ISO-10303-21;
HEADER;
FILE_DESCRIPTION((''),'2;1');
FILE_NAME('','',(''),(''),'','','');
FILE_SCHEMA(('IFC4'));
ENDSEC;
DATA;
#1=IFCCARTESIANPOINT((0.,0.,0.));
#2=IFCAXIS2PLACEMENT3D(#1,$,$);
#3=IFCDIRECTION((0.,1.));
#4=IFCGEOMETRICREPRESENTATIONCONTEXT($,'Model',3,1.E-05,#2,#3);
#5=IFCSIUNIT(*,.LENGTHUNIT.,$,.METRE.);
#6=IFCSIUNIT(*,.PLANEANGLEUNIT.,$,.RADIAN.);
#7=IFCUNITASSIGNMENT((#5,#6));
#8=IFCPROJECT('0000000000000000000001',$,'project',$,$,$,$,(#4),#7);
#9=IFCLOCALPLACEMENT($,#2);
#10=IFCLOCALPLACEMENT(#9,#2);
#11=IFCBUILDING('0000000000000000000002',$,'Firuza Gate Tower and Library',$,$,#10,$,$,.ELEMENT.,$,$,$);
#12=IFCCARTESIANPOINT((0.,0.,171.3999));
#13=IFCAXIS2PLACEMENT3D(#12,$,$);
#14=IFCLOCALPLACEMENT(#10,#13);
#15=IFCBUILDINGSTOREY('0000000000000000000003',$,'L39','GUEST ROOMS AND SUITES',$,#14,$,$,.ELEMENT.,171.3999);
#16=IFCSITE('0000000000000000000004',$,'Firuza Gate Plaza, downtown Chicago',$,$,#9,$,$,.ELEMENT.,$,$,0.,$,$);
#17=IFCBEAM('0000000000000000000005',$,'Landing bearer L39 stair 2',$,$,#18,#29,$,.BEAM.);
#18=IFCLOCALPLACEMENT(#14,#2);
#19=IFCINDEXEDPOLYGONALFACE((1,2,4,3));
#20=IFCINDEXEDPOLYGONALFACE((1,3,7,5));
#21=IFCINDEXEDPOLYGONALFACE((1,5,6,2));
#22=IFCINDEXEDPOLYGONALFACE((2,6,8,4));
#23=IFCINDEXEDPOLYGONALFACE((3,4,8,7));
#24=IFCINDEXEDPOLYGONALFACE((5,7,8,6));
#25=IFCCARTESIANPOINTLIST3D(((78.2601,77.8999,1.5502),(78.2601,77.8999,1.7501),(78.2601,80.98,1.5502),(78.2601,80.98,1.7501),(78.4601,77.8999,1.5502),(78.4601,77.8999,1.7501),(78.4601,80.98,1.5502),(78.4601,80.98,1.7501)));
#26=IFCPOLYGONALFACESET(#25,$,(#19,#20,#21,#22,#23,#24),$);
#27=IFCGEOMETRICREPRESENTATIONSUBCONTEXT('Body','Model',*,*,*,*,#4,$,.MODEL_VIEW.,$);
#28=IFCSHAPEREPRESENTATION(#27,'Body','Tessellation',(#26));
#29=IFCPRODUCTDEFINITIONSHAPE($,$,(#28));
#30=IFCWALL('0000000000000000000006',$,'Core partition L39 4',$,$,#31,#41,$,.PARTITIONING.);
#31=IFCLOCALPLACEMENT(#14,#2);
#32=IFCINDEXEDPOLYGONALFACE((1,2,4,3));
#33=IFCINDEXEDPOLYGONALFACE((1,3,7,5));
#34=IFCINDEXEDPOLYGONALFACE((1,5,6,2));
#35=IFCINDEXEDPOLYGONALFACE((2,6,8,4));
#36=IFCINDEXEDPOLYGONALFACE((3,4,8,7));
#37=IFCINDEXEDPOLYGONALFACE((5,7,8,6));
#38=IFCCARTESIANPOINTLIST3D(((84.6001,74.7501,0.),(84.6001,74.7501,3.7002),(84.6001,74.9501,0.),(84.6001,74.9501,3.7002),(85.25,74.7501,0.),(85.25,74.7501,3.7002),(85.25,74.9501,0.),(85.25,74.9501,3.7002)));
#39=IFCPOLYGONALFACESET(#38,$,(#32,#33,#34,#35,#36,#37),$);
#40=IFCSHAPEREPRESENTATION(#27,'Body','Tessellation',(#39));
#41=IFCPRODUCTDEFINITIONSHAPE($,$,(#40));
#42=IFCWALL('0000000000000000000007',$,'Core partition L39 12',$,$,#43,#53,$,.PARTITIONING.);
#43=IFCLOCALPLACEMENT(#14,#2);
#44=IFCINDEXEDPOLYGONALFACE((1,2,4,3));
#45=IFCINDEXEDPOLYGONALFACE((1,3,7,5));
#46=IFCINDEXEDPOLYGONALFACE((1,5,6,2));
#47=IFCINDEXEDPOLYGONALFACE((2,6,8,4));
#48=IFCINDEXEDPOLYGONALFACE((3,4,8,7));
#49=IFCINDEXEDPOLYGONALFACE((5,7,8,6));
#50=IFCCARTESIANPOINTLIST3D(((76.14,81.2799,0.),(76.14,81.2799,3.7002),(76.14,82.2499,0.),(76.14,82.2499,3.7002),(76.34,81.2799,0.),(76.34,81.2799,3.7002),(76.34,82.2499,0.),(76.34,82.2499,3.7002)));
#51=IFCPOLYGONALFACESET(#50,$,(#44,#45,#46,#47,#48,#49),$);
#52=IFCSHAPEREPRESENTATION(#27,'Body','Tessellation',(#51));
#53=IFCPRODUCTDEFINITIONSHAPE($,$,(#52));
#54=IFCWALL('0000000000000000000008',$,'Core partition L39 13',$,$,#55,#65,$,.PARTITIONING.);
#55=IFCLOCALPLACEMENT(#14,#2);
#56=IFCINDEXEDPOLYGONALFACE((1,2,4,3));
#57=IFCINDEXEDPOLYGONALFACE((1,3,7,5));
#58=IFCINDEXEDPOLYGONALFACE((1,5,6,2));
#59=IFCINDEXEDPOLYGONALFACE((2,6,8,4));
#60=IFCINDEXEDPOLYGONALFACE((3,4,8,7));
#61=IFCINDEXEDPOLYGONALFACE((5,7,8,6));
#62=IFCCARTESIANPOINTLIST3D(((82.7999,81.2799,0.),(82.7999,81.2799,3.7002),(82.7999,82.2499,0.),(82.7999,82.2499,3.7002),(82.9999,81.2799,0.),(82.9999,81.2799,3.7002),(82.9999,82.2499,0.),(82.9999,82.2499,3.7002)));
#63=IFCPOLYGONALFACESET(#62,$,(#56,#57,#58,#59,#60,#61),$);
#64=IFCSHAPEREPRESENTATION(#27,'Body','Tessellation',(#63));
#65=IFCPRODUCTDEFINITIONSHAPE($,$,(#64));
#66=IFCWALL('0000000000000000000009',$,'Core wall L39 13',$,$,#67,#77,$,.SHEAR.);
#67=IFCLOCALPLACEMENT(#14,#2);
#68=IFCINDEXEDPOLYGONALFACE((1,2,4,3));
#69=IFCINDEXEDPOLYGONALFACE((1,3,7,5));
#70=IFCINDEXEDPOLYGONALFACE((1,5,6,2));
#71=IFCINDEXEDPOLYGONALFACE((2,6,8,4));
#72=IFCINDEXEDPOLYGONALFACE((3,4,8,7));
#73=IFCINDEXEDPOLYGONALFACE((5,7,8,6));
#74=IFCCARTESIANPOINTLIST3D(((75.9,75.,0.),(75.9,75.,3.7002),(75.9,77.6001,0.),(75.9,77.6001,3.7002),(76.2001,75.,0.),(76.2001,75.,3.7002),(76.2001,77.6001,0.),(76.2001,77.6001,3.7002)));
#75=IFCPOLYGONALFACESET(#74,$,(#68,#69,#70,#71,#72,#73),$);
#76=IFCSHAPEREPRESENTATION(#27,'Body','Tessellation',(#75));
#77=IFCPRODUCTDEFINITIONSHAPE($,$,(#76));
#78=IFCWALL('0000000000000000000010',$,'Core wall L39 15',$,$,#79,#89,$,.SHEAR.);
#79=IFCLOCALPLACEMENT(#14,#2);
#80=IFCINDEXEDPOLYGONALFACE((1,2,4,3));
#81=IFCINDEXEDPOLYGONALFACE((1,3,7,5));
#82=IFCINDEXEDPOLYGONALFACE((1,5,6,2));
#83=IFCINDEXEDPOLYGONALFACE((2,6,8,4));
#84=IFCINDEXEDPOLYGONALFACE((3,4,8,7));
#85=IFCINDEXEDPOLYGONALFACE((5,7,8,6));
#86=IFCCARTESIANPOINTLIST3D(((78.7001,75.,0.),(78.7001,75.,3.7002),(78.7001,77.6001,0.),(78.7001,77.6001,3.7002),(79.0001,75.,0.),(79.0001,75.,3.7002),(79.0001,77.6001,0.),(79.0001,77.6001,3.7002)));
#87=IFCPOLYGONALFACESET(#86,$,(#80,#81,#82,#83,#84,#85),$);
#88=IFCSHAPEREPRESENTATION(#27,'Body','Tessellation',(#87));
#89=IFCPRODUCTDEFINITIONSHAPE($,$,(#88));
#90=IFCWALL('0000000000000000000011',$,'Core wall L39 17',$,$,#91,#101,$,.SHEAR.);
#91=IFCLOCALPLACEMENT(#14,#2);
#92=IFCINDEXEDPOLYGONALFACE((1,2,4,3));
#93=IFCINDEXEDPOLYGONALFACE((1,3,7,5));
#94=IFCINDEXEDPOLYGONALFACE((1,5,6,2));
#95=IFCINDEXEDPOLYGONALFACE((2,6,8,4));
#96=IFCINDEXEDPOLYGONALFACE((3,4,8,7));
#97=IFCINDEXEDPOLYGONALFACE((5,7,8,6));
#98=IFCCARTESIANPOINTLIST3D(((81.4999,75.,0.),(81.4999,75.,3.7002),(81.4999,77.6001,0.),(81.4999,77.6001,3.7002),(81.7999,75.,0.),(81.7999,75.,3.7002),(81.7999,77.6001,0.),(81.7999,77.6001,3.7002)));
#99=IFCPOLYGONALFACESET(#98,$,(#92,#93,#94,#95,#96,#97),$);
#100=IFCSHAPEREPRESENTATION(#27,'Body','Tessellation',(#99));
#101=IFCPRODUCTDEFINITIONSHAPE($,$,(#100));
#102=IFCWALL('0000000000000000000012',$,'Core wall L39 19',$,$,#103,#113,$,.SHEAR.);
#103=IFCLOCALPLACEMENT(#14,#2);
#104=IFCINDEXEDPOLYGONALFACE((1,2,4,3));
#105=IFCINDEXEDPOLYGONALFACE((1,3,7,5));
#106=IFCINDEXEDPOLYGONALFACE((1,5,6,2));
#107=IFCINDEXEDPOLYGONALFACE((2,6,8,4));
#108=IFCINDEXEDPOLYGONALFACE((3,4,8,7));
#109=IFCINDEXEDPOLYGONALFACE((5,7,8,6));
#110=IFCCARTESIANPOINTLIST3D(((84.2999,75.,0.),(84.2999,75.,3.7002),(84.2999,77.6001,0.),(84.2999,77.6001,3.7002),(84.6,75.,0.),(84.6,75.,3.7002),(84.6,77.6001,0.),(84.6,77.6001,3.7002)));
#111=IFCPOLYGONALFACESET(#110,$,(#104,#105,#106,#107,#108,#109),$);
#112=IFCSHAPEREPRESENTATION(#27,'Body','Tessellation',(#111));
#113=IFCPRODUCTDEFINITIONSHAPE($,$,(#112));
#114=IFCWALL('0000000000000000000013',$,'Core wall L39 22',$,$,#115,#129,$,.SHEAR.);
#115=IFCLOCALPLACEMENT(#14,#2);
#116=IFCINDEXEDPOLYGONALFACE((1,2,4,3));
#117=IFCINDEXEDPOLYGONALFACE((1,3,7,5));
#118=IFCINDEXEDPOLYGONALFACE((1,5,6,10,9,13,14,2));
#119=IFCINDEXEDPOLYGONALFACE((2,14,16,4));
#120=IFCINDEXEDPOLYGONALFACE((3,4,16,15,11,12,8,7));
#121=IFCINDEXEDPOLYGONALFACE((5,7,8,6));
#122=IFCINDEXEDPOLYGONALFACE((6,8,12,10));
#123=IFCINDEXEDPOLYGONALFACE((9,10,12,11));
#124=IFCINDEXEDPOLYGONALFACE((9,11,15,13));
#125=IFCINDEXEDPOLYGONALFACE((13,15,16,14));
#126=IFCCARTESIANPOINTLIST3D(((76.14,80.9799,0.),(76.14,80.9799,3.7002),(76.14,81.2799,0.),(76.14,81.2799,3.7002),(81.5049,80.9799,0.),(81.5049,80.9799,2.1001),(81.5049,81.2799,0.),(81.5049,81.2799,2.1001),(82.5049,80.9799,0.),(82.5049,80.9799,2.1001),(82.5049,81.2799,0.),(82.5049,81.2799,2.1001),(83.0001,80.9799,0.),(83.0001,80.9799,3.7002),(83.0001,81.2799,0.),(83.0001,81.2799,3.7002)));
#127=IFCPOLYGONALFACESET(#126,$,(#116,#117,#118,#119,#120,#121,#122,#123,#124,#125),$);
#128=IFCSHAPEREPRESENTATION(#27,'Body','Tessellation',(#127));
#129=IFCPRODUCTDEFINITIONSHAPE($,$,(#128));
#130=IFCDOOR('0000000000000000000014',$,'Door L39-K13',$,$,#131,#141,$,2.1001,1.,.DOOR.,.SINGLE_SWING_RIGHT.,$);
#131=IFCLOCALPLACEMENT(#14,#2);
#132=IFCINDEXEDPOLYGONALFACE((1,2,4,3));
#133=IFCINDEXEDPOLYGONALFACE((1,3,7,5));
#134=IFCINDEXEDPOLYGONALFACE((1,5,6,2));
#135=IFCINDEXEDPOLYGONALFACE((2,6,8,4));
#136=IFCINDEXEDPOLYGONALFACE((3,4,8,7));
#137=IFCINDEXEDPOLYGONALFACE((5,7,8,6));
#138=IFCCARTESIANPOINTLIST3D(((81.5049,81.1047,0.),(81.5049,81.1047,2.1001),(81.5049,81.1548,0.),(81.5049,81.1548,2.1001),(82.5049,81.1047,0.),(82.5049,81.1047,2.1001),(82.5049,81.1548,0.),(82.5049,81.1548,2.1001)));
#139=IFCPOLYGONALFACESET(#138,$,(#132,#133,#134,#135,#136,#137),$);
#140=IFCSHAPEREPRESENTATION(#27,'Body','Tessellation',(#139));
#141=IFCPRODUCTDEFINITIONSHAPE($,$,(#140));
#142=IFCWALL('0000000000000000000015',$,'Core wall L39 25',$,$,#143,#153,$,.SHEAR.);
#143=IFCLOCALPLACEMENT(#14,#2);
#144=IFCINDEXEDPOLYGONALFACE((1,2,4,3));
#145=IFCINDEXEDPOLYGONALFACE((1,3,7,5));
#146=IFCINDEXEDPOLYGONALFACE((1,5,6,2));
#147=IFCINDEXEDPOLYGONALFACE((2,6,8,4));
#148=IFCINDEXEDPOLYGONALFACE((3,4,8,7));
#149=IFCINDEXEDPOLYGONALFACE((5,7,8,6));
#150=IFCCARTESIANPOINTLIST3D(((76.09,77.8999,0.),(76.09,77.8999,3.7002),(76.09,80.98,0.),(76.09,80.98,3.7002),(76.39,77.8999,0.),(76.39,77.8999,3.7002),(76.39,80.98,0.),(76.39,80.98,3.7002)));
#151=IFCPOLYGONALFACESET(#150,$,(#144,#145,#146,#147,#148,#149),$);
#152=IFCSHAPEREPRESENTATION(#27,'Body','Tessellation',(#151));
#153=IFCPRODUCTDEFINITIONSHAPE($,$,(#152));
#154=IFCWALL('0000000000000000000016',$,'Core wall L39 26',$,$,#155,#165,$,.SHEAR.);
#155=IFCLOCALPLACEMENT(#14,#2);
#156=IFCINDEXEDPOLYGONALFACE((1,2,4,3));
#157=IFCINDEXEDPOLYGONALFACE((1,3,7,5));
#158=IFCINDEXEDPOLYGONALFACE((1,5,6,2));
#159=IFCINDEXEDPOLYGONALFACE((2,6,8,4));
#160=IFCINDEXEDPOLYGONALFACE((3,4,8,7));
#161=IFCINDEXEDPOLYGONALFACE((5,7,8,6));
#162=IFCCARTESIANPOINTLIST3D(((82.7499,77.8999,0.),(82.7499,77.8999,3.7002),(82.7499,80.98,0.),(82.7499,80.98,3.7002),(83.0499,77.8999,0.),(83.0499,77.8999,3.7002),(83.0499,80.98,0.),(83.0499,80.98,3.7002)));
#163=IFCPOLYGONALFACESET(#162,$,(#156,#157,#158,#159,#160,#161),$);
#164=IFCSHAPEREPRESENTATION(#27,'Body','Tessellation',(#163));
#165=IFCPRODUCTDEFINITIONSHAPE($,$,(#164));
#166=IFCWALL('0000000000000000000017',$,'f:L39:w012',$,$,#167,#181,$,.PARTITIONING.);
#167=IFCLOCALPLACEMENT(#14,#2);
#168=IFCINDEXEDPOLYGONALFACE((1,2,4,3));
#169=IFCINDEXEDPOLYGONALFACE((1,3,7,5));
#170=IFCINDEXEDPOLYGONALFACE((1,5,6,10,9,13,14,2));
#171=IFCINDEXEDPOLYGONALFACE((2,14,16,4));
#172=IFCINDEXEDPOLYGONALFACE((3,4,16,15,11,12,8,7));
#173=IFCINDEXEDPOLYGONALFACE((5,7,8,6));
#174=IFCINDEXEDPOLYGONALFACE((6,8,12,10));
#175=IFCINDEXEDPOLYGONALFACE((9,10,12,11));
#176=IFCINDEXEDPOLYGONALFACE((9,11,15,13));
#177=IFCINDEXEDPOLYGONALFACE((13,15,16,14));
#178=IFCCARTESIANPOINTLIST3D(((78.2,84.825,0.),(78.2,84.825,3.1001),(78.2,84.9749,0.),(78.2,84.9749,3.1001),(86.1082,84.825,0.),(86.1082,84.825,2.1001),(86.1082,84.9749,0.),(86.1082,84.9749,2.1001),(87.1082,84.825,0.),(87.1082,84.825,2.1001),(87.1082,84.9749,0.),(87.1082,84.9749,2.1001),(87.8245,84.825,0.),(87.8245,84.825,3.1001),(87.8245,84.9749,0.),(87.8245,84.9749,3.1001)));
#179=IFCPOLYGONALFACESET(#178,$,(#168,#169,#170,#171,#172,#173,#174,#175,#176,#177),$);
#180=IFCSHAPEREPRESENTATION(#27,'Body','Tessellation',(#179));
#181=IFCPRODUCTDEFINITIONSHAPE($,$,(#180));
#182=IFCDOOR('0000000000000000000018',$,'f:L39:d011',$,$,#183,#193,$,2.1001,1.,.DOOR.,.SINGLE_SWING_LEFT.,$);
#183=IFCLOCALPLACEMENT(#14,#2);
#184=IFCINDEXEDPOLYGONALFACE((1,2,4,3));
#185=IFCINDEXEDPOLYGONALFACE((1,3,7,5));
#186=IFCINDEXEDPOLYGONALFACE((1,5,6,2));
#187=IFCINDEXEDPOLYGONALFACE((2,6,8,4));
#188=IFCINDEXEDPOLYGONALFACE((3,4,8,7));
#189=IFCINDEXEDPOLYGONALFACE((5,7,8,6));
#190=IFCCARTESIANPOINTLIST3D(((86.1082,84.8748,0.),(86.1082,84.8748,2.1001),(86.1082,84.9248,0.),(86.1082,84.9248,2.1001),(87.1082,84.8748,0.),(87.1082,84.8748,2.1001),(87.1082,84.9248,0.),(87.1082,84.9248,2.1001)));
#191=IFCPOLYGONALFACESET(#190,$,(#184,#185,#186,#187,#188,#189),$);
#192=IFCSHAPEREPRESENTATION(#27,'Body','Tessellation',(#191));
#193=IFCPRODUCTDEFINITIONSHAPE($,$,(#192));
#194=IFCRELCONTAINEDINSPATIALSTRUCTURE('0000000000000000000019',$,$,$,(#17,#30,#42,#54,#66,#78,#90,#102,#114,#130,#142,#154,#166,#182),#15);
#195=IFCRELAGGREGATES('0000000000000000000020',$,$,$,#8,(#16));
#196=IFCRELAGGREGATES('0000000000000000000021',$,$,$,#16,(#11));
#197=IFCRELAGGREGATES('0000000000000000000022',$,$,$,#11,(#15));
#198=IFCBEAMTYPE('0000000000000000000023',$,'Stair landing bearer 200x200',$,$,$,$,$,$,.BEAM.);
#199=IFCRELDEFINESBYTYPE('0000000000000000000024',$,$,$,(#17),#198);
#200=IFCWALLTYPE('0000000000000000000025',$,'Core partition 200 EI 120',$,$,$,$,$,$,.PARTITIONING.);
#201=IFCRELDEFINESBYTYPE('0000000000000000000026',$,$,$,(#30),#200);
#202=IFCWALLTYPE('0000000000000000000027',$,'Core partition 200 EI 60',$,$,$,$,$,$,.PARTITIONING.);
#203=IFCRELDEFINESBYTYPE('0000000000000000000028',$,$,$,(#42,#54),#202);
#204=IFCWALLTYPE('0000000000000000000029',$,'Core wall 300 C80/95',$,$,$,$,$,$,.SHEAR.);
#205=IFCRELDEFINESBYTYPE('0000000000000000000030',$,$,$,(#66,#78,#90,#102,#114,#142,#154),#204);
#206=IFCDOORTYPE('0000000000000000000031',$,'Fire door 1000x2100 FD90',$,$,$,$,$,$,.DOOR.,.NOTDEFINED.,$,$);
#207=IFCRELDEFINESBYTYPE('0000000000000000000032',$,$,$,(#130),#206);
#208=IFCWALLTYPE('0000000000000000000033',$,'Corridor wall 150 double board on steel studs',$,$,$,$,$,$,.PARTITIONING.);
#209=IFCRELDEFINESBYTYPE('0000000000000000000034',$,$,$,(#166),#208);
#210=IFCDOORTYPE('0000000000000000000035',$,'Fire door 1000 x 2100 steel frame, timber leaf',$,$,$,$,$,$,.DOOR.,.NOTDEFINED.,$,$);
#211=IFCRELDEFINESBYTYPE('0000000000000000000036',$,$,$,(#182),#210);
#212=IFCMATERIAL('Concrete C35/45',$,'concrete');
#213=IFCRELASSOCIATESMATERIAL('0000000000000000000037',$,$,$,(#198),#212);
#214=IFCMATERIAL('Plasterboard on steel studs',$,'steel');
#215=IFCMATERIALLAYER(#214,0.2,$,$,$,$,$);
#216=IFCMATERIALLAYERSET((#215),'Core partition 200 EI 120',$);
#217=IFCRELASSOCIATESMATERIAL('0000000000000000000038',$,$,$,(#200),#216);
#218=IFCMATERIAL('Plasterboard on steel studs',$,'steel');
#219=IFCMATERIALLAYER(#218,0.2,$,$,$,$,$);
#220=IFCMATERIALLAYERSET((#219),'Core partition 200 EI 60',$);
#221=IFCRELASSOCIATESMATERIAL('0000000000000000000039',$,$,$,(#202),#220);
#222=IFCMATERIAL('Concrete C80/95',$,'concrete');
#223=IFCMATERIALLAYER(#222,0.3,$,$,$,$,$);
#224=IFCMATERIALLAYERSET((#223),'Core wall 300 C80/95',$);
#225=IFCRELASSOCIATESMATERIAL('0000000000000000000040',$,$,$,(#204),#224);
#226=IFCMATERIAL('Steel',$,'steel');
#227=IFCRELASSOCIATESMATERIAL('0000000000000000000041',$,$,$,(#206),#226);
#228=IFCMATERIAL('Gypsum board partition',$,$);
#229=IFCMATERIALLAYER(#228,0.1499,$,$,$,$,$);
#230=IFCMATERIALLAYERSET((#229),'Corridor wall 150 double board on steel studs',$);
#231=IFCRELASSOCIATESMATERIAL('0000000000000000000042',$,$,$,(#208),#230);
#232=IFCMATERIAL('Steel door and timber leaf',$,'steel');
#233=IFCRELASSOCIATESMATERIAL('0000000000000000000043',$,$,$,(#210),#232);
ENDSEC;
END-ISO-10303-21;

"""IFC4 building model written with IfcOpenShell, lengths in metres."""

from ifc_helpers import new_model, si_unit, direction, frame, frame_2d, origin, origin_2d, place, context, subcontext, project, spatial, rectangle, extrude, material, layer, layer_set, material_profile, profile_set, type_object, element, fill, save


model = new_model("IFC4")

# Units and contexts
model_context = context("Model", 3, precision=1e-05, world=origin(), true_north=direction((0.0, 1.0)))
body_context = subcontext(model_context, "Body", "Model", "MODEL_VIEW")
ifc_project = project(units=[si_unit("LENGTHUNIT", "METRE"), si_unit("PLANEANGLEUNIT", "RADIAN")], contexts=[model_context])

# Site, building, storey
site_placement = place(None, origin())
site = spatial("IfcSite", under=ifc_project, at=site_placement, Name="Firuza Gate Plaza, downtown Chicago", CompositionType="ELEMENT", RefElevation=0.0)
building_placement = place(site_placement, origin())
building = spatial("IfcBuilding", under=site, at=building_placement, Name="Firuza Gate Tower and Library", CompositionType="ELEMENT")
storey_placement = place(building_placement, frame((0.0, 0.0, 171.3999)))
storey = spatial("IfcBuildingStorey", under=building, at=storey_placement, Name="L39", Description="GUEST ROOMS AND SUITES", CompositionType="ELEMENT", Elevation=171.3999)

# Beam
ifc_material_1 = material(Name="Concrete C35/45", Category="concrete")
ifc_material_profile = material_profile(ifc_material_1, rectangle(XDim=0.2, YDim=0.2, at=origin_2d()))
ifc_profile_set = profile_set([ifc_material_profile], Name="Concrete C35/45")
beam_type = type_object("IfcBeamType", Name="Stair landing bearer 200x200", PredefinedType="BEAM", material=ifc_profile_set)
beam_placement = place(storey_placement, frame((78.3601, 80.98, 1.6501), z_axis=(0.0, -1.0, 0.0), x_axis=(1.0, 0.0, 0.0)))
element("IfcBeam", 1, at=beam_placement, inside=storey, type_object=beam_type, Name="Landing bearer L39 stair 2", PredefinedType="BEAM", context=body_context, shape_type="SweptSolid", body=[
    extrude(rectangle(XDim=0.2, YDim=0.2, at=origin_2d()), origin(), (0.0, 0.0, 1.0), 3.0801),
])

# Walls
ifc_material_2 = material(Name="Plasterboard on steel studs", Category="steel")
ifc_layer_1 = layer(ifc_material_2, 0.2)
ifc_layer_set_1 = layer_set([ifc_layer_1], Name="Core partition 200 EI 120")
wall_type_1 = type_object("IfcWallType", Name="Core partition 200 EI 120", PredefinedType="PARTITIONING", material=ifc_layer_set_1)
wall_1_placement = place(storey_placement, frame((84.6001, 74.8501, 0.0), z_axis=(0.0, 0.0, 1.0), x_axis=(1.0, 0.0, 0.0)))
element("IfcWall", 2, at=wall_1_placement, inside=storey, type_object=wall_type_1, Name="Core partition L39 4", PredefinedType="PARTITIONING", context=body_context, shape_type="SweptSolid", body=[
    extrude(rectangle(XDim=0.6499, YDim=0.2, at=frame_2d((0.325, 0.0))), origin(), (0.0, 0.0, 1.0), 3.7002),
])
ifc_material_3 = material(Name="Plasterboard on steel studs", Category="steel")
ifc_layer_2 = layer(ifc_material_3, 0.2)
ifc_layer_set_2 = layer_set([ifc_layer_2], Name="Core partition 200 EI 60")
wall_type_2 = type_object("IfcWallType", Name="Core partition 200 EI 60", PredefinedType="PARTITIONING", material=ifc_layer_set_2)
for number, where, z_axis, x_axis, name in (
    (3, (76.24, 81.28, 0.0), (0.0, 0.0, 1.0), (0.0, 1.0, 0.0), "Core partition L39 12"),
    (4, (82.8999, 81.28, 0.0), (0.0, 0.0, 1.0), (0.0, 1.0, 0.0), "Core partition L39 13"),
):
    element("IfcWall", number, at=place(storey_placement, frame(where, z_axis=z_axis, x_axis=x_axis)), inside=storey, type_object=wall_type_2, Name=name, PredefinedType="PARTITIONING", context=body_context, shape_type="SweptSolid", body=[
        extrude(rectangle(XDim=0.97, YDim=0.2, at=frame_2d((0.4849, 0.0))), origin(), (0.0, 0.0, 1.0), 3.7002),
    ])
ifc_material_4 = material(Name="Concrete C80/95", Category="concrete")
ifc_layer_3 = layer(ifc_material_4, 0.3)
ifc_layer_set_3 = layer_set([ifc_layer_3], Name="Core wall 300 C80/95")
wall_type_3 = type_object("IfcWallType", Name="Core wall 300 C80/95", PredefinedType="SHEAR", material=ifc_layer_set_3)
for number, where, z_axis, x_axis, name in (
    (5, (76.05, 75.0, 0.0), (0.0, 0.0, 1.0), (0.0, 1.0, 0.0), "Core wall L39 13"),
    (6, (78.8501, 75.0, 0.0), (0.0, 0.0, 1.0), (0.0, 1.0, 0.0), "Core wall L39 15"),
    (7, (81.6499, 75.0, 0.0), (0.0, 0.0, 1.0), (0.0, 1.0, 0.0), "Core wall L39 17"),
    (8, (84.45, 75.0, 0.0), (0.0, 0.0, 1.0), (0.0, 1.0, 0.0), "Core wall L39 19"),
):
    element("IfcWall", number, at=place(storey_placement, frame(where, z_axis=z_axis, x_axis=x_axis)), inside=storey, type_object=wall_type_3, Name=name, PredefinedType="SHEAR", context=body_context, shape_type="SweptSolid", body=[
        extrude(rectangle(XDim=2.6001, YDim=0.3, at=frame_2d((1.3, 0.0))), origin(), (0.0, 0.0, 1.0), 3.7002),
    ])

# Wall, opening, door
wall_2_placement = place(storey_placement, frame((76.1399, 81.1299, 0.0), z_axis=(0.0, 0.0, 1.0), x_axis=(1.0, 0.0, 0.0)))
wall_2 = element("IfcWall", 9, at=wall_2_placement, inside=storey, type_object=wall_type_3, Name="Core wall L39 22", PredefinedType="SHEAR", context=body_context, shape_type="SweptSolid", body=[
    extrude(rectangle(XDim=6.8601, YDim=0.3, at=frame_2d((3.4302, 0.0))), origin(), (0.0, 0.0, 1.0), 3.7002),
])
opening_1_placement = place(wall_2_placement, frame((5.365, 0.0, 0.0)))
opening_1 = element("IfcOpeningElement", 10, at=opening_1_placement, cuts=wall_2, PredefinedType="OPENING", context=body_context, shape_type="SweptSolid", body=[
    extrude(rectangle(XDim=1.0, YDim=2.1001, at=frame_2d((0.5, 1.05))), frame((0.0, 0.1602, 0.0), z_axis=(0.0, -1.0, 0.0), x_axis=(1.0, 0.0, 0.0)), (0.0, 0.0, 1.0), 0.3201),
])
ifc_material_5 = material(Name="Steel", Category="steel")
door_type_1 = type_object("IfcDoorType", Name="Fire door 1000x2100 FD90", OperationType="NOTDEFINED", PredefinedType="DOOR", material=ifc_material_5)
door_1_placement = place(opening_1_placement, origin())
door_1 = element("IfcDoor", 11, at=door_1_placement, inside=storey, type_object=door_type_1, Name="Door L39-K13", OperationType="SINGLE_SWING_RIGHT", OverallHeight=2.1001, OverallWidth=1.0, PredefinedType="DOOR", context=body_context, shape_type="SweptSolid", body=[
    extrude(rectangle(XDim=1.0, YDim=2.1001, at=frame_2d((0.5, 1.05))), frame((0.0, 0.0249, 0.0), z_axis=(0.0, -1.0, 0.0), x_axis=(1.0, 0.0, 0.0)), (0.0, 0.0, 1.0), 0.05),
])
fill(opening_1, door_1)

# Walls
for number, where, z_axis, x_axis, name in (
    (12, (76.24, 77.8999, 0.0), (0.0, 0.0, 1.0), (0.0, 1.0, 0.0), "Core wall L39 25"),
    (13, (82.8999, 77.8999, 0.0), (0.0, 0.0, 1.0), (0.0, 1.0, 0.0), "Core wall L39 26"),
):
    element("IfcWall", number, at=place(storey_placement, frame(where, z_axis=z_axis, x_axis=x_axis)), inside=storey, type_object=wall_type_3, Name=name, PredefinedType="SHEAR", context=body_context, shape_type="SweptSolid", body=[
        extrude(rectangle(XDim=3.0801, YDim=0.3, at=frame_2d((1.54, 0.0))), origin(), (0.0, 0.0, 1.0), 3.7002),
    ])

# Wall, opening, door
ifc_material_6 = material(Name="Gypsum board partition")
ifc_layer_4 = layer(ifc_material_6, 0.1499)
ifc_layer_set_4 = layer_set([ifc_layer_4], Name="Corridor wall 150 double board on steel studs")
wall_type_4 = type_object("IfcWallType", Name="Corridor wall 150 double board on steel studs", PredefinedType="PARTITIONING", material=ifc_layer_set_4)
wall_3_placement = place(storey_placement, frame((78.2, 84.8999, 0.0), z_axis=(0.0, 0.0, 1.0), x_axis=(1.0, 0.0, 0.0)))
wall_3 = element("IfcWall", 14, at=wall_3_placement, inside=storey, type_object=wall_type_4, Name="f:L39:w012", PredefinedType="PARTITIONING", context=body_context, shape_type="SweptSolid", body=[
    extrude(rectangle(XDim=9.6245, YDim=0.1499, at=frame_2d((4.8123, 0.0))), origin(), (0.0, 0.0, 1.0), 3.1001),
])
opening_2_placement = place(wall_3_placement, frame((7.9082, 0.0, 0.0)))
opening_2 = element("IfcOpeningElement", 15, at=opening_2_placement, cuts=wall_3, PredefinedType="OPENING", context=body_context, shape_type="SweptSolid", body=[
    extrude(rectangle(XDim=1.0, YDim=2.1001, at=frame_2d((0.5, 1.05))), frame((0.0, 0.085, 0.0), z_axis=(0.0, -1.0, 0.0), x_axis=(1.0, 0.0, 0.0)), (0.0, 0.0, 1.0), 0.1699),
])
ifc_material_7 = material(Name="Steel door and timber leaf", Category="steel")
door_type_2 = type_object("IfcDoorType", Name="Fire door 1000 x 2100 steel frame, timber leaf", OperationType="NOTDEFINED", PredefinedType="DOOR", material=ifc_material_7)
door_2_placement = place(opening_2_placement, origin())
door_2 = element("IfcDoor", 16, at=door_2_placement, inside=storey, type_object=door_type_2, Name="f:L39:d011", OperationType="SINGLE_SWING_LEFT", OverallHeight=2.1001, OverallWidth=1.0, PredefinedType="DOOR", context=body_context, shape_type="SweptSolid", body=[
    extrude(rectangle(XDim=1.0, YDim=2.1001, at=frame_2d((0.5, 1.05))), frame((0.0, 0.0249, 0.0), z_axis=(0.0, -1.0, 0.0), x_axis=(1.0, 0.0, 0.0)), (0.0, 0.0, 1.0), 0.05),
])
fill(opening_2, door_2)

save(model, "model.ifc")
